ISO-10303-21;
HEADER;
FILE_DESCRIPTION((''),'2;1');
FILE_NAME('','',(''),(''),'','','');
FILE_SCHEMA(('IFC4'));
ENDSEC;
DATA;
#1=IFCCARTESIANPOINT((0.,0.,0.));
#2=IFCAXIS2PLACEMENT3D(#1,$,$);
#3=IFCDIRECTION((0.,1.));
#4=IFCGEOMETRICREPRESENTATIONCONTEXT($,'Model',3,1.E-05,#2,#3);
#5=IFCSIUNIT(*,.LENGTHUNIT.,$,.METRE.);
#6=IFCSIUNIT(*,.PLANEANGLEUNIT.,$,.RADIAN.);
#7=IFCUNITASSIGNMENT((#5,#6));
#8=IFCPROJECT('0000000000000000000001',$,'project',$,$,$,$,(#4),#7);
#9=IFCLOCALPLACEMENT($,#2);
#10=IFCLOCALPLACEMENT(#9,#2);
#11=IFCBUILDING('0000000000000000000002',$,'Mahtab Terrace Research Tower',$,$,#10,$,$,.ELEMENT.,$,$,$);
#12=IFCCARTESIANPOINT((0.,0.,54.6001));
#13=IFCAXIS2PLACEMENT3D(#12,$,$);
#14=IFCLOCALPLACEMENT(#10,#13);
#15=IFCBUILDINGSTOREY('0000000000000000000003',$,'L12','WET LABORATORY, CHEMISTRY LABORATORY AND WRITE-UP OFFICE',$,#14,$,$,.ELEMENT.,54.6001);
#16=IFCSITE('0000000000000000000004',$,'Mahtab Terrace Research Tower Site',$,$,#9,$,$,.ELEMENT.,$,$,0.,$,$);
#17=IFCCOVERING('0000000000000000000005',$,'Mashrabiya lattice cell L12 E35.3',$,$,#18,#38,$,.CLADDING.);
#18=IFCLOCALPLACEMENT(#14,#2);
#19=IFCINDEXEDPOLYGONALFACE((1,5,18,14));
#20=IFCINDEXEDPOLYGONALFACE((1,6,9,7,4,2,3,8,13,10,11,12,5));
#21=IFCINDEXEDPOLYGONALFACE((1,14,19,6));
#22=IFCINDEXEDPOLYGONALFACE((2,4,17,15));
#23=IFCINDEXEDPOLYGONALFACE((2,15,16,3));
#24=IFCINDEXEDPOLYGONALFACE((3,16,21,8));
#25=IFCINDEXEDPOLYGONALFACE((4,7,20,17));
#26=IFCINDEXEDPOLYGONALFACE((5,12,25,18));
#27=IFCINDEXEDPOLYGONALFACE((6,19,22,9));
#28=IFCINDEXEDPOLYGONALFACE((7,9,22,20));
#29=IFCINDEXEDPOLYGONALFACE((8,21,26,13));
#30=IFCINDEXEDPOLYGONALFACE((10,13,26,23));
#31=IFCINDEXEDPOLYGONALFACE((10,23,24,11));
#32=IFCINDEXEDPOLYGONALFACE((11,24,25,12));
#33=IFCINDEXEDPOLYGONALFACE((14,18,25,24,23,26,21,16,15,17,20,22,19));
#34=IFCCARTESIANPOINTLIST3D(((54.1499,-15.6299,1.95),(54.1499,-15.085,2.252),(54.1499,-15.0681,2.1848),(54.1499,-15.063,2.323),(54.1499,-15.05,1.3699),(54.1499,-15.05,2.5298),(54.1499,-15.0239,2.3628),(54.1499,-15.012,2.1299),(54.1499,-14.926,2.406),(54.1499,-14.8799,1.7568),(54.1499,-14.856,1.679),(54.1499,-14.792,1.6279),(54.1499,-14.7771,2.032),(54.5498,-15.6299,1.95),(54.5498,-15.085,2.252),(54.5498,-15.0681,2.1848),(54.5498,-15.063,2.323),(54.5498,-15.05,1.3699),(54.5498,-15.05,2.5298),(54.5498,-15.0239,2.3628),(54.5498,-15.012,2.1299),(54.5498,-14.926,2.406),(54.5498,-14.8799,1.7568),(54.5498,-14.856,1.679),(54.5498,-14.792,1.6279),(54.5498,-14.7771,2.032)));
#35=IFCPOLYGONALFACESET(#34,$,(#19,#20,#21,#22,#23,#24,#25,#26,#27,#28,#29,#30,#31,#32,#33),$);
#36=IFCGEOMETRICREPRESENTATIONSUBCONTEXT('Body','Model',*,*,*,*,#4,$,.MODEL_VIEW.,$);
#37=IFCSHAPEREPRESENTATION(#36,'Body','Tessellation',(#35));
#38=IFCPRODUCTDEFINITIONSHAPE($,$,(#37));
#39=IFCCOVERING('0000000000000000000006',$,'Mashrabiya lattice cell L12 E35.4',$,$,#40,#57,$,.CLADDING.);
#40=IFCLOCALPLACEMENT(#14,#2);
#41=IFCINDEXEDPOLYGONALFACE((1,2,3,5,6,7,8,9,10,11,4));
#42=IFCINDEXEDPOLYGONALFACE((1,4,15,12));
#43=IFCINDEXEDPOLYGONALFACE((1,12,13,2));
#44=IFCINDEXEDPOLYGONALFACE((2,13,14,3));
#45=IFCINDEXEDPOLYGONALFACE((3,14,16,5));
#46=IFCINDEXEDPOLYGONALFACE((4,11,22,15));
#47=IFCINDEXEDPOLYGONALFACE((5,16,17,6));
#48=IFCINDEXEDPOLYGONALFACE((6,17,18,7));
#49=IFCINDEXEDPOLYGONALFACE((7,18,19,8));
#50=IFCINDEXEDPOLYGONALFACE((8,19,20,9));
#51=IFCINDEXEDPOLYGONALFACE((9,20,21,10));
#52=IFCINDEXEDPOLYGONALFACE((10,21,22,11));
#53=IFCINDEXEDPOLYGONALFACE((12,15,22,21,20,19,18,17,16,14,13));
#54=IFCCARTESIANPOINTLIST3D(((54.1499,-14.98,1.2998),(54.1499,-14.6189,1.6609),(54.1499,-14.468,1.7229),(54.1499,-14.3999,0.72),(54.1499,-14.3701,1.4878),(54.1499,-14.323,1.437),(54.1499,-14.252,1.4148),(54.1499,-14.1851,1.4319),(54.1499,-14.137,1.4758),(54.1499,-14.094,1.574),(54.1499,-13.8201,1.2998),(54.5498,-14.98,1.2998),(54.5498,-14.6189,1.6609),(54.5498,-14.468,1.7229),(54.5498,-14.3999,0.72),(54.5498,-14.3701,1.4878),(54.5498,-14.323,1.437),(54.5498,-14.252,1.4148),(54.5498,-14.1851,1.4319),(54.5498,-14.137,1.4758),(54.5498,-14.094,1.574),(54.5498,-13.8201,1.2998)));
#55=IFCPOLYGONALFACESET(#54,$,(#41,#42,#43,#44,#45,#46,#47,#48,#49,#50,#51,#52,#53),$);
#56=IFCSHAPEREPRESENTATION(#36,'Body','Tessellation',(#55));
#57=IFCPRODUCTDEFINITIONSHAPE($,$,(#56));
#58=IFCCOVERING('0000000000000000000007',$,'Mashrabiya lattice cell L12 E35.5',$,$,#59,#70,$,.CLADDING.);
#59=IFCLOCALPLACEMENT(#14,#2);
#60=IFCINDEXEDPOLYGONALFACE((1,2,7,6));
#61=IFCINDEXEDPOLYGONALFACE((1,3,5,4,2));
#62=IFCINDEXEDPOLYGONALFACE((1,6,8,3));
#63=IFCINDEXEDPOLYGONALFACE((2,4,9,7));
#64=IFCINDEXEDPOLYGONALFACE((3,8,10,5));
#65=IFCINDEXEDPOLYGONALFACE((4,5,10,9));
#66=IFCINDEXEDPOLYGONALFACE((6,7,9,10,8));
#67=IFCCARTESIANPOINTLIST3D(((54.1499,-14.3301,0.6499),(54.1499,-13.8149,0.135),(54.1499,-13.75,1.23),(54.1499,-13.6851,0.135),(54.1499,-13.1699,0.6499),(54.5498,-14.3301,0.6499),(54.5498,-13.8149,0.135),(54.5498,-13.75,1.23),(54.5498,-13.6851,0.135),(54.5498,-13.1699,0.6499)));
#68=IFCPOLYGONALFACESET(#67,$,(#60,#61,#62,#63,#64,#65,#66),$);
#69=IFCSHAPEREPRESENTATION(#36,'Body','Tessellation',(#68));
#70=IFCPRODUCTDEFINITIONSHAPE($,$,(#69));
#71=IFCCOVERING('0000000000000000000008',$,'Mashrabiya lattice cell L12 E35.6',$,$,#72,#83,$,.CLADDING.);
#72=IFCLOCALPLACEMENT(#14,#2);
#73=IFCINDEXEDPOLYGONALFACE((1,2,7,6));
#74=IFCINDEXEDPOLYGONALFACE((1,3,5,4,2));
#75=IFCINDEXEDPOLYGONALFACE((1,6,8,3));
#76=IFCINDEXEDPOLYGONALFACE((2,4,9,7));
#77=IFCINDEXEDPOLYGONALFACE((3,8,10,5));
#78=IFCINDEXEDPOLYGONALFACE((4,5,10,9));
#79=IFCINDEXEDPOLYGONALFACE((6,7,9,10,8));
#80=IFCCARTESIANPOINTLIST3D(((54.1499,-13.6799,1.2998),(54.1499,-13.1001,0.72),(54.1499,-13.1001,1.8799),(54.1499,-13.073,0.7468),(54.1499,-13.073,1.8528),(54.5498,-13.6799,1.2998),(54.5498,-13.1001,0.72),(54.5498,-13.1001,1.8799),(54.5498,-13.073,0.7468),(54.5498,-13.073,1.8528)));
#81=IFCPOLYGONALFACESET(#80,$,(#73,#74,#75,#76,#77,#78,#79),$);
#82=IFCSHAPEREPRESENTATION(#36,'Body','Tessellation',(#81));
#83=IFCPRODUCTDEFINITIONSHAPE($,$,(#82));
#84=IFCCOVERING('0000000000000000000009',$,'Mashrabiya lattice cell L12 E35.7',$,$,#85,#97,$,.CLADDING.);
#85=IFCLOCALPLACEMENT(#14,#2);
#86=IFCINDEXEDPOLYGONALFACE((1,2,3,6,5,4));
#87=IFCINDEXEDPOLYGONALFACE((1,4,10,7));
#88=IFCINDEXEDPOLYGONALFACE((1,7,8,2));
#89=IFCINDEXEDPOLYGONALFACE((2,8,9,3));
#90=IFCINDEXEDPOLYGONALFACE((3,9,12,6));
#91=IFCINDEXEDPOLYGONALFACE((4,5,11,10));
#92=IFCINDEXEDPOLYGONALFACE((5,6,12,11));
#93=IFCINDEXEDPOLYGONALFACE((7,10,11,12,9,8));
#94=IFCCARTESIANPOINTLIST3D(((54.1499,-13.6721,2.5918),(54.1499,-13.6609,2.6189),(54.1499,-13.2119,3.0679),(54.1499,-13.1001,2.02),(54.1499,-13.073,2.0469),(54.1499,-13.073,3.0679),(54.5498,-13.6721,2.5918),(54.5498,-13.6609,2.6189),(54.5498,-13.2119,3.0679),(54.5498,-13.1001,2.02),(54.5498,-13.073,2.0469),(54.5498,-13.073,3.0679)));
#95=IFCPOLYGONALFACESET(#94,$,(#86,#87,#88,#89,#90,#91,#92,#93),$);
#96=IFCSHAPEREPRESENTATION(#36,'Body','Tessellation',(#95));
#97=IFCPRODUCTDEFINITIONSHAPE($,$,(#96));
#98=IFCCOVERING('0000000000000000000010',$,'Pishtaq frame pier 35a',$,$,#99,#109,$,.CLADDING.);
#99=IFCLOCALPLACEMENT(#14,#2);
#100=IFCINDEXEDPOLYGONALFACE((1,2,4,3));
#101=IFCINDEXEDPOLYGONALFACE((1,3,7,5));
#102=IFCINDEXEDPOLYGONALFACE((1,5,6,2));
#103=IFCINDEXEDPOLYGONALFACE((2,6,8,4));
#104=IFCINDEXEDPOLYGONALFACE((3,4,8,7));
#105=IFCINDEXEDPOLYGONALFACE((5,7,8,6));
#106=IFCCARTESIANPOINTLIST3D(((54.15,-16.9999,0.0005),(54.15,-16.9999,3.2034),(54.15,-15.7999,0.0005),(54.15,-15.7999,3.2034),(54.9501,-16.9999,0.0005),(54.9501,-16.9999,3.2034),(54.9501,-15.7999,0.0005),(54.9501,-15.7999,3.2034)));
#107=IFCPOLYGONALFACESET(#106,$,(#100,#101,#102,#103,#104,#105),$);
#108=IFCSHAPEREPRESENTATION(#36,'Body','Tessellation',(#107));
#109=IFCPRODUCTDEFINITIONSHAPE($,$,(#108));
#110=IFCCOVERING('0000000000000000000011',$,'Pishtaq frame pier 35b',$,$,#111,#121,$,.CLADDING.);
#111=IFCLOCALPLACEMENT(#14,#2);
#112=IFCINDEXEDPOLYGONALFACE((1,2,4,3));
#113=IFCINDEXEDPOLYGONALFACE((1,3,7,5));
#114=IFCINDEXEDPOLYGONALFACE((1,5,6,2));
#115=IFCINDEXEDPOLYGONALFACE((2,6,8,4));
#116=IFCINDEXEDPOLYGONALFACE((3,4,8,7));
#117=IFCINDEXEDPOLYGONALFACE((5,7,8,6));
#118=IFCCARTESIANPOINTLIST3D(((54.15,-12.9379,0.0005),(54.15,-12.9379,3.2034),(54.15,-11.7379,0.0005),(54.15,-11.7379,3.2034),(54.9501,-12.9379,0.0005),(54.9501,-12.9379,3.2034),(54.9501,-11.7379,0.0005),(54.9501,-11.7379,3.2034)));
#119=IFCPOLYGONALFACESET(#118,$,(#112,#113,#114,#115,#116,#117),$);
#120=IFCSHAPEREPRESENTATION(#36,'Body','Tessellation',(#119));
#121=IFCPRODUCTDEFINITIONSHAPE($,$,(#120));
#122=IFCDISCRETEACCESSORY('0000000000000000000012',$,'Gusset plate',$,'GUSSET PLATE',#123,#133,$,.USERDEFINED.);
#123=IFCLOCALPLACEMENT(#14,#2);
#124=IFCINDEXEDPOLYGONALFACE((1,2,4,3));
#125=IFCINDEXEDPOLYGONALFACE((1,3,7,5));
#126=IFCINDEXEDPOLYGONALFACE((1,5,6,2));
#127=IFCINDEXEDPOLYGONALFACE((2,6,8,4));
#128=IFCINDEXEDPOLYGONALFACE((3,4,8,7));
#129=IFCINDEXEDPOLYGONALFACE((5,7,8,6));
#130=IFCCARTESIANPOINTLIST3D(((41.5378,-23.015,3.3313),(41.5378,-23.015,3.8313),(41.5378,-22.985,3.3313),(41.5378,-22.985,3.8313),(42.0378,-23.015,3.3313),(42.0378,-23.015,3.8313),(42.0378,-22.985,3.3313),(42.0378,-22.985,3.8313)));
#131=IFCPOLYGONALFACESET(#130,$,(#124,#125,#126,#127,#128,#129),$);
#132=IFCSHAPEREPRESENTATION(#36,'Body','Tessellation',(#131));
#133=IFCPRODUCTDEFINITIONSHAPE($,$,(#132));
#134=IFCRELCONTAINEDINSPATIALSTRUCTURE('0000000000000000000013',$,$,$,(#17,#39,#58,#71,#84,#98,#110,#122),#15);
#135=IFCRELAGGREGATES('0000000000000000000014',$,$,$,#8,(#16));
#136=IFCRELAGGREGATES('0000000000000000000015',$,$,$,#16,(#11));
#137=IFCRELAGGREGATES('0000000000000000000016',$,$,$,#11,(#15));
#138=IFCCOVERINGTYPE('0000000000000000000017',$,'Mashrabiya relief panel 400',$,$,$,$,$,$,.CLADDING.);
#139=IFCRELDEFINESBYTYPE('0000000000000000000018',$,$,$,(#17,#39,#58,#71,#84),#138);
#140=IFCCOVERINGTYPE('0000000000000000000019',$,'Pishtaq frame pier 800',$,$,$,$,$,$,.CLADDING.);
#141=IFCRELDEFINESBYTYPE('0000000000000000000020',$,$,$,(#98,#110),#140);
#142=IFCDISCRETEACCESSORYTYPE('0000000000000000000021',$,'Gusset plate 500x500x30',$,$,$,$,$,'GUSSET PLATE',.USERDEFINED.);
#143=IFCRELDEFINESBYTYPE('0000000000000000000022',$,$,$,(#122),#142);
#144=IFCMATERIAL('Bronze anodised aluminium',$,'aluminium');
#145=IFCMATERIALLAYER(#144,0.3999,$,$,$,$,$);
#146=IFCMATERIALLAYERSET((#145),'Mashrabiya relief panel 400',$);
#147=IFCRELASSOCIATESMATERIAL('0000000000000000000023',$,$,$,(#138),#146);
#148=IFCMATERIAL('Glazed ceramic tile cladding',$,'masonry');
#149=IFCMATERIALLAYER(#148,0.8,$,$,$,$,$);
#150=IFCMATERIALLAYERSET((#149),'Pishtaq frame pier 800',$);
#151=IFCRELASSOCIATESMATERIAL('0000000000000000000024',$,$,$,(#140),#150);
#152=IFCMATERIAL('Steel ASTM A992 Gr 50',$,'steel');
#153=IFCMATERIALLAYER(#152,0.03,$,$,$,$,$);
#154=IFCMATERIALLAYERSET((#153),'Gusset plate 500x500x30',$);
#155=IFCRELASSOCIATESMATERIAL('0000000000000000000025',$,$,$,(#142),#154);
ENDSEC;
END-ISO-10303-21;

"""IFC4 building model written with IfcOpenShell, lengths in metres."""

from ifc_helpers import new_model, si_unit, direction, frame, origin, origin_2d, place, context, subcontext, project, spatial, polyline, rectangle, outline, extrude, material, layer, layer_set, type_object, element, save


model = new_model("IFC4")

# Units and contexts
model_context = context("Model", 3, precision=1e-05, world=origin(), true_north=direction((0.0, 1.0)))
body_context = subcontext(model_context, "Body", "Model", "MODEL_VIEW")
ifc_project = project(units=[si_unit("LENGTHUNIT", "METRE"), si_unit("PLANEANGLEUNIT", "RADIAN")], contexts=[model_context])

# Site, building, storey
site_placement = place(None, origin())
site = spatial("IfcSite", under=ifc_project, at=site_placement, Name="Mahtab Terrace Research Tower Site", CompositionType="ELEMENT", RefElevation=0.0)
building_placement = place(site_placement, origin())
building = spatial("IfcBuilding", under=site, at=building_placement, Name="Mahtab Terrace Research Tower", CompositionType="ELEMENT")
storey_placement = place(building_placement, frame((0.0, 0.0, 54.6001)))
storey = spatial("IfcBuildingStorey", under=building, at=storey_placement, Name="L12", Description="WET LABORATORY, CHEMISTRY LABORATORY AND WRITE-UP OFFICE", CompositionType="ELEMENT", Elevation=54.6001)

# Shared definitions
ifc_material_1 = material(Name="Steel ASTM A992 Gr 50", Category="steel")

# Coverings
ifc_material_2 = material(Name="Bronze anodised aluminium", Category="aluminium")
ifc_layer_1 = layer(ifc_material_2, 0.3999)
ifc_layer_set_1 = layer_set([ifc_layer_1], Name="Mashrabiya relief panel 400")
covering_type_1 = type_object("IfcCoveringType", Name="Mashrabiya relief panel 400", PredefinedType="CLADDING", material=ifc_layer_set_1)
covering_1_placement = place(storey_placement, frame((54.1499, -15.05, 1.3699), z_axis=(-1.0, 0.0, 0.0), x_axis=(0.0, -0.706958, 0.707256)))
element("IfcCovering", 1, at=covering_1_placement, inside=storey, type_object=covering_type_1, Name="Mashrabiya lattice cell L12 E35.3", PredefinedType="CLADDING", context=body_context, shape_type="SweptSolid", body=[
    extrude(outline(polyline([(0.0, 0.0), (0.8202, 0.0), (0.8204, 0.82), (0.6451, 0.8202), (0.6838, 0.7204), (0.6833, 0.6647), (0.6485, 0.5989), (0.5891, 0.5634), (0.5106, 0.5642), (0.2753, 0.6611), (0.1534, 0.3939), (0.0814, 0.3558), (0.0001, 0.3649), (0.0, 0.0)])), origin(), (0.0, 0.0, -1.0), 0.3999),
])
covering_2_placement = place(storey_placement, frame((54.1499, -13.8201, 1.2998), z_axis=(-1.0, 0.0, 0.0), x_axis=(0.0, -0.707107, -0.707107)))
element("IfcCovering", 2, at=covering_2_placement, inside=storey, type_object=covering_type_1, Name="Mashrabiya lattice cell L12 E35.4", PredefinedType="CLADDING", context=body_context, shape_type="SweptSolid", body=[
    extrude(outline(polyline([(0.0, 0.0), (0.82, 0.0), (0.8202, 0.8202), (0.3095, 0.8202), (0.159, 0.7573), (0.256, 0.5219), (0.2586, 0.4526), (0.2241, 0.3867), (0.1647, 0.3515), (0.0996, 0.3485), (-0.0002, 0.3876), (0.0, 0.0)])), origin(), (0.0, 0.0, -1.0), 0.3999),
])
covering_3_placement = place(storey_placement, frame((54.1499, -14.3301, 0.6499), z_axis=(-1.0, 0.0, 0.0), x_axis=(0.0, 0.707107, 0.707107)))
element("IfcCovering", 3, at=covering_3_placement, inside=storey, type_object=covering_type_1, Name="Mashrabiya lattice cell L12 E35.5", PredefinedType="CLADDING", context=body_context, shape_type="SweptSolid", body=[
    extrude(outline(polyline([(0.0, 0.0), (0.8204, 0.0), (0.8204, 0.8204), (0.092, 0.8202), (0.0002, 0.7283), (0.0, 0.0)])), origin(), (0.0, 0.0, -1.0), 0.3999),
])
covering_4_placement = place(storey_placement, frame((54.1499, -13.1001, 0.72), z_axis=(-1.0, 0.0, 0.0), x_axis=(0.0, -0.707107, 0.707107)))
element("IfcCovering", 4, at=covering_4_placement, inside=storey, type_object=covering_type_1, Name="Mashrabiya lattice cell L12 E35.6", PredefinedType="CLADDING", context=body_context, shape_type="SweptSolid", body=[
    extrude(outline(polyline([(0.0, 0.0), (0.82, 0.0), (0.8202, 0.8202), (0.7819, 0.8202), (-0.0002, 0.0382), (0.0, 0.0)])), origin(), (0.0, 0.0, -1.0), 0.3999),
])
covering_5_placement = place(storey_placement, frame((54.1499, -13.1001, 2.02), z_axis=(-1.0, 0.0, 0.0), x_axis=(0.0, -0.707258, 0.706956)))
element("IfcCovering", 5, at=covering_5_placement, inside=storey, type_object=covering_type_1, Name="Mashrabiya lattice cell L12 E35.7", PredefinedType="CLADDING", context=body_context, shape_type="SweptSolid", body=[
    extrude(outline(polyline([(0.0, 0.0), (0.8088, 0.0), (0.82, 0.0271), (0.8199, 0.6621), (0.7216, 0.7603), (-0.0002, 0.0382), (0.0, 0.0)])), origin(), (0.0, 0.0, -1.0), 0.3999),
])
ifc_material_3 = material(Name="Glazed ceramic tile cladding", Category="masonry")
ifc_layer_2 = layer(ifc_material_3, 0.8)
ifc_layer_set_2 = layer_set([ifc_layer_2], Name="Pishtaq frame pier 800")
covering_type_2 = type_object("IfcCoveringType", Name="Pishtaq frame pier 800", PredefinedType="CLADDING", material=ifc_layer_set_2)
for number, where, z_axis, x_axis, name in (
    (6, (54.55, -16.3999, 0.0005), (0.0, 0.0, 1.0), (0.0, 1.0, 0.0), "Pishtaq frame pier 35a"),
    (7, (54.55, -12.3379, 0.0005), (0.0, 0.0, 1.0), (0.0, 1.0, 0.0), "Pishtaq frame pier 35b"),
):
    element("IfcCovering", number, at=place(storey_placement, frame(where, z_axis=z_axis, x_axis=x_axis)), inside=storey, type_object=covering_type_2, Name=name, PredefinedType="CLADDING", context=body_context, shape_type="SweptSolid", body=[
        extrude(rectangle(XDim=1.2, YDim=0.8, at=origin_2d()), origin(), (0.0, 0.0, 1.0), 3.2029),
    ])

# Discrete accessory
ifc_layer_3 = layer(ifc_material_1, 0.03)
ifc_layer_set_3 = layer_set([ifc_layer_3], Name="Gusset plate 500x500x30")
discrete_accessory_type = type_object("IfcDiscreteAccessoryType", Name="Gusset plate 500x500x30", ElementType="GUSSET PLATE", PredefinedType="USERDEFINED", material=ifc_layer_set_3)
discrete_accessory_placement = place(storey_placement, frame((41.7878, -23.0, 3.3313), z_axis=(0.0, 0.0, 1.0), x_axis=(1.0, 0.0, 0.0)))
element("IfcDiscreteAccessory", 8, at=discrete_accessory_placement, inside=storey, type_object=discrete_accessory_type, Name="Gusset plate", ObjectType="GUSSET PLATE", PredefinedType="USERDEFINED", context=body_context, shape_type="SweptSolid", body=[
    extrude(rectangle(XDim=0.5, YDim=0.03, at=origin_2d()), origin(), (0.0, 0.0, 1.0), 0.5),
])

save(model, "model.ifc")
